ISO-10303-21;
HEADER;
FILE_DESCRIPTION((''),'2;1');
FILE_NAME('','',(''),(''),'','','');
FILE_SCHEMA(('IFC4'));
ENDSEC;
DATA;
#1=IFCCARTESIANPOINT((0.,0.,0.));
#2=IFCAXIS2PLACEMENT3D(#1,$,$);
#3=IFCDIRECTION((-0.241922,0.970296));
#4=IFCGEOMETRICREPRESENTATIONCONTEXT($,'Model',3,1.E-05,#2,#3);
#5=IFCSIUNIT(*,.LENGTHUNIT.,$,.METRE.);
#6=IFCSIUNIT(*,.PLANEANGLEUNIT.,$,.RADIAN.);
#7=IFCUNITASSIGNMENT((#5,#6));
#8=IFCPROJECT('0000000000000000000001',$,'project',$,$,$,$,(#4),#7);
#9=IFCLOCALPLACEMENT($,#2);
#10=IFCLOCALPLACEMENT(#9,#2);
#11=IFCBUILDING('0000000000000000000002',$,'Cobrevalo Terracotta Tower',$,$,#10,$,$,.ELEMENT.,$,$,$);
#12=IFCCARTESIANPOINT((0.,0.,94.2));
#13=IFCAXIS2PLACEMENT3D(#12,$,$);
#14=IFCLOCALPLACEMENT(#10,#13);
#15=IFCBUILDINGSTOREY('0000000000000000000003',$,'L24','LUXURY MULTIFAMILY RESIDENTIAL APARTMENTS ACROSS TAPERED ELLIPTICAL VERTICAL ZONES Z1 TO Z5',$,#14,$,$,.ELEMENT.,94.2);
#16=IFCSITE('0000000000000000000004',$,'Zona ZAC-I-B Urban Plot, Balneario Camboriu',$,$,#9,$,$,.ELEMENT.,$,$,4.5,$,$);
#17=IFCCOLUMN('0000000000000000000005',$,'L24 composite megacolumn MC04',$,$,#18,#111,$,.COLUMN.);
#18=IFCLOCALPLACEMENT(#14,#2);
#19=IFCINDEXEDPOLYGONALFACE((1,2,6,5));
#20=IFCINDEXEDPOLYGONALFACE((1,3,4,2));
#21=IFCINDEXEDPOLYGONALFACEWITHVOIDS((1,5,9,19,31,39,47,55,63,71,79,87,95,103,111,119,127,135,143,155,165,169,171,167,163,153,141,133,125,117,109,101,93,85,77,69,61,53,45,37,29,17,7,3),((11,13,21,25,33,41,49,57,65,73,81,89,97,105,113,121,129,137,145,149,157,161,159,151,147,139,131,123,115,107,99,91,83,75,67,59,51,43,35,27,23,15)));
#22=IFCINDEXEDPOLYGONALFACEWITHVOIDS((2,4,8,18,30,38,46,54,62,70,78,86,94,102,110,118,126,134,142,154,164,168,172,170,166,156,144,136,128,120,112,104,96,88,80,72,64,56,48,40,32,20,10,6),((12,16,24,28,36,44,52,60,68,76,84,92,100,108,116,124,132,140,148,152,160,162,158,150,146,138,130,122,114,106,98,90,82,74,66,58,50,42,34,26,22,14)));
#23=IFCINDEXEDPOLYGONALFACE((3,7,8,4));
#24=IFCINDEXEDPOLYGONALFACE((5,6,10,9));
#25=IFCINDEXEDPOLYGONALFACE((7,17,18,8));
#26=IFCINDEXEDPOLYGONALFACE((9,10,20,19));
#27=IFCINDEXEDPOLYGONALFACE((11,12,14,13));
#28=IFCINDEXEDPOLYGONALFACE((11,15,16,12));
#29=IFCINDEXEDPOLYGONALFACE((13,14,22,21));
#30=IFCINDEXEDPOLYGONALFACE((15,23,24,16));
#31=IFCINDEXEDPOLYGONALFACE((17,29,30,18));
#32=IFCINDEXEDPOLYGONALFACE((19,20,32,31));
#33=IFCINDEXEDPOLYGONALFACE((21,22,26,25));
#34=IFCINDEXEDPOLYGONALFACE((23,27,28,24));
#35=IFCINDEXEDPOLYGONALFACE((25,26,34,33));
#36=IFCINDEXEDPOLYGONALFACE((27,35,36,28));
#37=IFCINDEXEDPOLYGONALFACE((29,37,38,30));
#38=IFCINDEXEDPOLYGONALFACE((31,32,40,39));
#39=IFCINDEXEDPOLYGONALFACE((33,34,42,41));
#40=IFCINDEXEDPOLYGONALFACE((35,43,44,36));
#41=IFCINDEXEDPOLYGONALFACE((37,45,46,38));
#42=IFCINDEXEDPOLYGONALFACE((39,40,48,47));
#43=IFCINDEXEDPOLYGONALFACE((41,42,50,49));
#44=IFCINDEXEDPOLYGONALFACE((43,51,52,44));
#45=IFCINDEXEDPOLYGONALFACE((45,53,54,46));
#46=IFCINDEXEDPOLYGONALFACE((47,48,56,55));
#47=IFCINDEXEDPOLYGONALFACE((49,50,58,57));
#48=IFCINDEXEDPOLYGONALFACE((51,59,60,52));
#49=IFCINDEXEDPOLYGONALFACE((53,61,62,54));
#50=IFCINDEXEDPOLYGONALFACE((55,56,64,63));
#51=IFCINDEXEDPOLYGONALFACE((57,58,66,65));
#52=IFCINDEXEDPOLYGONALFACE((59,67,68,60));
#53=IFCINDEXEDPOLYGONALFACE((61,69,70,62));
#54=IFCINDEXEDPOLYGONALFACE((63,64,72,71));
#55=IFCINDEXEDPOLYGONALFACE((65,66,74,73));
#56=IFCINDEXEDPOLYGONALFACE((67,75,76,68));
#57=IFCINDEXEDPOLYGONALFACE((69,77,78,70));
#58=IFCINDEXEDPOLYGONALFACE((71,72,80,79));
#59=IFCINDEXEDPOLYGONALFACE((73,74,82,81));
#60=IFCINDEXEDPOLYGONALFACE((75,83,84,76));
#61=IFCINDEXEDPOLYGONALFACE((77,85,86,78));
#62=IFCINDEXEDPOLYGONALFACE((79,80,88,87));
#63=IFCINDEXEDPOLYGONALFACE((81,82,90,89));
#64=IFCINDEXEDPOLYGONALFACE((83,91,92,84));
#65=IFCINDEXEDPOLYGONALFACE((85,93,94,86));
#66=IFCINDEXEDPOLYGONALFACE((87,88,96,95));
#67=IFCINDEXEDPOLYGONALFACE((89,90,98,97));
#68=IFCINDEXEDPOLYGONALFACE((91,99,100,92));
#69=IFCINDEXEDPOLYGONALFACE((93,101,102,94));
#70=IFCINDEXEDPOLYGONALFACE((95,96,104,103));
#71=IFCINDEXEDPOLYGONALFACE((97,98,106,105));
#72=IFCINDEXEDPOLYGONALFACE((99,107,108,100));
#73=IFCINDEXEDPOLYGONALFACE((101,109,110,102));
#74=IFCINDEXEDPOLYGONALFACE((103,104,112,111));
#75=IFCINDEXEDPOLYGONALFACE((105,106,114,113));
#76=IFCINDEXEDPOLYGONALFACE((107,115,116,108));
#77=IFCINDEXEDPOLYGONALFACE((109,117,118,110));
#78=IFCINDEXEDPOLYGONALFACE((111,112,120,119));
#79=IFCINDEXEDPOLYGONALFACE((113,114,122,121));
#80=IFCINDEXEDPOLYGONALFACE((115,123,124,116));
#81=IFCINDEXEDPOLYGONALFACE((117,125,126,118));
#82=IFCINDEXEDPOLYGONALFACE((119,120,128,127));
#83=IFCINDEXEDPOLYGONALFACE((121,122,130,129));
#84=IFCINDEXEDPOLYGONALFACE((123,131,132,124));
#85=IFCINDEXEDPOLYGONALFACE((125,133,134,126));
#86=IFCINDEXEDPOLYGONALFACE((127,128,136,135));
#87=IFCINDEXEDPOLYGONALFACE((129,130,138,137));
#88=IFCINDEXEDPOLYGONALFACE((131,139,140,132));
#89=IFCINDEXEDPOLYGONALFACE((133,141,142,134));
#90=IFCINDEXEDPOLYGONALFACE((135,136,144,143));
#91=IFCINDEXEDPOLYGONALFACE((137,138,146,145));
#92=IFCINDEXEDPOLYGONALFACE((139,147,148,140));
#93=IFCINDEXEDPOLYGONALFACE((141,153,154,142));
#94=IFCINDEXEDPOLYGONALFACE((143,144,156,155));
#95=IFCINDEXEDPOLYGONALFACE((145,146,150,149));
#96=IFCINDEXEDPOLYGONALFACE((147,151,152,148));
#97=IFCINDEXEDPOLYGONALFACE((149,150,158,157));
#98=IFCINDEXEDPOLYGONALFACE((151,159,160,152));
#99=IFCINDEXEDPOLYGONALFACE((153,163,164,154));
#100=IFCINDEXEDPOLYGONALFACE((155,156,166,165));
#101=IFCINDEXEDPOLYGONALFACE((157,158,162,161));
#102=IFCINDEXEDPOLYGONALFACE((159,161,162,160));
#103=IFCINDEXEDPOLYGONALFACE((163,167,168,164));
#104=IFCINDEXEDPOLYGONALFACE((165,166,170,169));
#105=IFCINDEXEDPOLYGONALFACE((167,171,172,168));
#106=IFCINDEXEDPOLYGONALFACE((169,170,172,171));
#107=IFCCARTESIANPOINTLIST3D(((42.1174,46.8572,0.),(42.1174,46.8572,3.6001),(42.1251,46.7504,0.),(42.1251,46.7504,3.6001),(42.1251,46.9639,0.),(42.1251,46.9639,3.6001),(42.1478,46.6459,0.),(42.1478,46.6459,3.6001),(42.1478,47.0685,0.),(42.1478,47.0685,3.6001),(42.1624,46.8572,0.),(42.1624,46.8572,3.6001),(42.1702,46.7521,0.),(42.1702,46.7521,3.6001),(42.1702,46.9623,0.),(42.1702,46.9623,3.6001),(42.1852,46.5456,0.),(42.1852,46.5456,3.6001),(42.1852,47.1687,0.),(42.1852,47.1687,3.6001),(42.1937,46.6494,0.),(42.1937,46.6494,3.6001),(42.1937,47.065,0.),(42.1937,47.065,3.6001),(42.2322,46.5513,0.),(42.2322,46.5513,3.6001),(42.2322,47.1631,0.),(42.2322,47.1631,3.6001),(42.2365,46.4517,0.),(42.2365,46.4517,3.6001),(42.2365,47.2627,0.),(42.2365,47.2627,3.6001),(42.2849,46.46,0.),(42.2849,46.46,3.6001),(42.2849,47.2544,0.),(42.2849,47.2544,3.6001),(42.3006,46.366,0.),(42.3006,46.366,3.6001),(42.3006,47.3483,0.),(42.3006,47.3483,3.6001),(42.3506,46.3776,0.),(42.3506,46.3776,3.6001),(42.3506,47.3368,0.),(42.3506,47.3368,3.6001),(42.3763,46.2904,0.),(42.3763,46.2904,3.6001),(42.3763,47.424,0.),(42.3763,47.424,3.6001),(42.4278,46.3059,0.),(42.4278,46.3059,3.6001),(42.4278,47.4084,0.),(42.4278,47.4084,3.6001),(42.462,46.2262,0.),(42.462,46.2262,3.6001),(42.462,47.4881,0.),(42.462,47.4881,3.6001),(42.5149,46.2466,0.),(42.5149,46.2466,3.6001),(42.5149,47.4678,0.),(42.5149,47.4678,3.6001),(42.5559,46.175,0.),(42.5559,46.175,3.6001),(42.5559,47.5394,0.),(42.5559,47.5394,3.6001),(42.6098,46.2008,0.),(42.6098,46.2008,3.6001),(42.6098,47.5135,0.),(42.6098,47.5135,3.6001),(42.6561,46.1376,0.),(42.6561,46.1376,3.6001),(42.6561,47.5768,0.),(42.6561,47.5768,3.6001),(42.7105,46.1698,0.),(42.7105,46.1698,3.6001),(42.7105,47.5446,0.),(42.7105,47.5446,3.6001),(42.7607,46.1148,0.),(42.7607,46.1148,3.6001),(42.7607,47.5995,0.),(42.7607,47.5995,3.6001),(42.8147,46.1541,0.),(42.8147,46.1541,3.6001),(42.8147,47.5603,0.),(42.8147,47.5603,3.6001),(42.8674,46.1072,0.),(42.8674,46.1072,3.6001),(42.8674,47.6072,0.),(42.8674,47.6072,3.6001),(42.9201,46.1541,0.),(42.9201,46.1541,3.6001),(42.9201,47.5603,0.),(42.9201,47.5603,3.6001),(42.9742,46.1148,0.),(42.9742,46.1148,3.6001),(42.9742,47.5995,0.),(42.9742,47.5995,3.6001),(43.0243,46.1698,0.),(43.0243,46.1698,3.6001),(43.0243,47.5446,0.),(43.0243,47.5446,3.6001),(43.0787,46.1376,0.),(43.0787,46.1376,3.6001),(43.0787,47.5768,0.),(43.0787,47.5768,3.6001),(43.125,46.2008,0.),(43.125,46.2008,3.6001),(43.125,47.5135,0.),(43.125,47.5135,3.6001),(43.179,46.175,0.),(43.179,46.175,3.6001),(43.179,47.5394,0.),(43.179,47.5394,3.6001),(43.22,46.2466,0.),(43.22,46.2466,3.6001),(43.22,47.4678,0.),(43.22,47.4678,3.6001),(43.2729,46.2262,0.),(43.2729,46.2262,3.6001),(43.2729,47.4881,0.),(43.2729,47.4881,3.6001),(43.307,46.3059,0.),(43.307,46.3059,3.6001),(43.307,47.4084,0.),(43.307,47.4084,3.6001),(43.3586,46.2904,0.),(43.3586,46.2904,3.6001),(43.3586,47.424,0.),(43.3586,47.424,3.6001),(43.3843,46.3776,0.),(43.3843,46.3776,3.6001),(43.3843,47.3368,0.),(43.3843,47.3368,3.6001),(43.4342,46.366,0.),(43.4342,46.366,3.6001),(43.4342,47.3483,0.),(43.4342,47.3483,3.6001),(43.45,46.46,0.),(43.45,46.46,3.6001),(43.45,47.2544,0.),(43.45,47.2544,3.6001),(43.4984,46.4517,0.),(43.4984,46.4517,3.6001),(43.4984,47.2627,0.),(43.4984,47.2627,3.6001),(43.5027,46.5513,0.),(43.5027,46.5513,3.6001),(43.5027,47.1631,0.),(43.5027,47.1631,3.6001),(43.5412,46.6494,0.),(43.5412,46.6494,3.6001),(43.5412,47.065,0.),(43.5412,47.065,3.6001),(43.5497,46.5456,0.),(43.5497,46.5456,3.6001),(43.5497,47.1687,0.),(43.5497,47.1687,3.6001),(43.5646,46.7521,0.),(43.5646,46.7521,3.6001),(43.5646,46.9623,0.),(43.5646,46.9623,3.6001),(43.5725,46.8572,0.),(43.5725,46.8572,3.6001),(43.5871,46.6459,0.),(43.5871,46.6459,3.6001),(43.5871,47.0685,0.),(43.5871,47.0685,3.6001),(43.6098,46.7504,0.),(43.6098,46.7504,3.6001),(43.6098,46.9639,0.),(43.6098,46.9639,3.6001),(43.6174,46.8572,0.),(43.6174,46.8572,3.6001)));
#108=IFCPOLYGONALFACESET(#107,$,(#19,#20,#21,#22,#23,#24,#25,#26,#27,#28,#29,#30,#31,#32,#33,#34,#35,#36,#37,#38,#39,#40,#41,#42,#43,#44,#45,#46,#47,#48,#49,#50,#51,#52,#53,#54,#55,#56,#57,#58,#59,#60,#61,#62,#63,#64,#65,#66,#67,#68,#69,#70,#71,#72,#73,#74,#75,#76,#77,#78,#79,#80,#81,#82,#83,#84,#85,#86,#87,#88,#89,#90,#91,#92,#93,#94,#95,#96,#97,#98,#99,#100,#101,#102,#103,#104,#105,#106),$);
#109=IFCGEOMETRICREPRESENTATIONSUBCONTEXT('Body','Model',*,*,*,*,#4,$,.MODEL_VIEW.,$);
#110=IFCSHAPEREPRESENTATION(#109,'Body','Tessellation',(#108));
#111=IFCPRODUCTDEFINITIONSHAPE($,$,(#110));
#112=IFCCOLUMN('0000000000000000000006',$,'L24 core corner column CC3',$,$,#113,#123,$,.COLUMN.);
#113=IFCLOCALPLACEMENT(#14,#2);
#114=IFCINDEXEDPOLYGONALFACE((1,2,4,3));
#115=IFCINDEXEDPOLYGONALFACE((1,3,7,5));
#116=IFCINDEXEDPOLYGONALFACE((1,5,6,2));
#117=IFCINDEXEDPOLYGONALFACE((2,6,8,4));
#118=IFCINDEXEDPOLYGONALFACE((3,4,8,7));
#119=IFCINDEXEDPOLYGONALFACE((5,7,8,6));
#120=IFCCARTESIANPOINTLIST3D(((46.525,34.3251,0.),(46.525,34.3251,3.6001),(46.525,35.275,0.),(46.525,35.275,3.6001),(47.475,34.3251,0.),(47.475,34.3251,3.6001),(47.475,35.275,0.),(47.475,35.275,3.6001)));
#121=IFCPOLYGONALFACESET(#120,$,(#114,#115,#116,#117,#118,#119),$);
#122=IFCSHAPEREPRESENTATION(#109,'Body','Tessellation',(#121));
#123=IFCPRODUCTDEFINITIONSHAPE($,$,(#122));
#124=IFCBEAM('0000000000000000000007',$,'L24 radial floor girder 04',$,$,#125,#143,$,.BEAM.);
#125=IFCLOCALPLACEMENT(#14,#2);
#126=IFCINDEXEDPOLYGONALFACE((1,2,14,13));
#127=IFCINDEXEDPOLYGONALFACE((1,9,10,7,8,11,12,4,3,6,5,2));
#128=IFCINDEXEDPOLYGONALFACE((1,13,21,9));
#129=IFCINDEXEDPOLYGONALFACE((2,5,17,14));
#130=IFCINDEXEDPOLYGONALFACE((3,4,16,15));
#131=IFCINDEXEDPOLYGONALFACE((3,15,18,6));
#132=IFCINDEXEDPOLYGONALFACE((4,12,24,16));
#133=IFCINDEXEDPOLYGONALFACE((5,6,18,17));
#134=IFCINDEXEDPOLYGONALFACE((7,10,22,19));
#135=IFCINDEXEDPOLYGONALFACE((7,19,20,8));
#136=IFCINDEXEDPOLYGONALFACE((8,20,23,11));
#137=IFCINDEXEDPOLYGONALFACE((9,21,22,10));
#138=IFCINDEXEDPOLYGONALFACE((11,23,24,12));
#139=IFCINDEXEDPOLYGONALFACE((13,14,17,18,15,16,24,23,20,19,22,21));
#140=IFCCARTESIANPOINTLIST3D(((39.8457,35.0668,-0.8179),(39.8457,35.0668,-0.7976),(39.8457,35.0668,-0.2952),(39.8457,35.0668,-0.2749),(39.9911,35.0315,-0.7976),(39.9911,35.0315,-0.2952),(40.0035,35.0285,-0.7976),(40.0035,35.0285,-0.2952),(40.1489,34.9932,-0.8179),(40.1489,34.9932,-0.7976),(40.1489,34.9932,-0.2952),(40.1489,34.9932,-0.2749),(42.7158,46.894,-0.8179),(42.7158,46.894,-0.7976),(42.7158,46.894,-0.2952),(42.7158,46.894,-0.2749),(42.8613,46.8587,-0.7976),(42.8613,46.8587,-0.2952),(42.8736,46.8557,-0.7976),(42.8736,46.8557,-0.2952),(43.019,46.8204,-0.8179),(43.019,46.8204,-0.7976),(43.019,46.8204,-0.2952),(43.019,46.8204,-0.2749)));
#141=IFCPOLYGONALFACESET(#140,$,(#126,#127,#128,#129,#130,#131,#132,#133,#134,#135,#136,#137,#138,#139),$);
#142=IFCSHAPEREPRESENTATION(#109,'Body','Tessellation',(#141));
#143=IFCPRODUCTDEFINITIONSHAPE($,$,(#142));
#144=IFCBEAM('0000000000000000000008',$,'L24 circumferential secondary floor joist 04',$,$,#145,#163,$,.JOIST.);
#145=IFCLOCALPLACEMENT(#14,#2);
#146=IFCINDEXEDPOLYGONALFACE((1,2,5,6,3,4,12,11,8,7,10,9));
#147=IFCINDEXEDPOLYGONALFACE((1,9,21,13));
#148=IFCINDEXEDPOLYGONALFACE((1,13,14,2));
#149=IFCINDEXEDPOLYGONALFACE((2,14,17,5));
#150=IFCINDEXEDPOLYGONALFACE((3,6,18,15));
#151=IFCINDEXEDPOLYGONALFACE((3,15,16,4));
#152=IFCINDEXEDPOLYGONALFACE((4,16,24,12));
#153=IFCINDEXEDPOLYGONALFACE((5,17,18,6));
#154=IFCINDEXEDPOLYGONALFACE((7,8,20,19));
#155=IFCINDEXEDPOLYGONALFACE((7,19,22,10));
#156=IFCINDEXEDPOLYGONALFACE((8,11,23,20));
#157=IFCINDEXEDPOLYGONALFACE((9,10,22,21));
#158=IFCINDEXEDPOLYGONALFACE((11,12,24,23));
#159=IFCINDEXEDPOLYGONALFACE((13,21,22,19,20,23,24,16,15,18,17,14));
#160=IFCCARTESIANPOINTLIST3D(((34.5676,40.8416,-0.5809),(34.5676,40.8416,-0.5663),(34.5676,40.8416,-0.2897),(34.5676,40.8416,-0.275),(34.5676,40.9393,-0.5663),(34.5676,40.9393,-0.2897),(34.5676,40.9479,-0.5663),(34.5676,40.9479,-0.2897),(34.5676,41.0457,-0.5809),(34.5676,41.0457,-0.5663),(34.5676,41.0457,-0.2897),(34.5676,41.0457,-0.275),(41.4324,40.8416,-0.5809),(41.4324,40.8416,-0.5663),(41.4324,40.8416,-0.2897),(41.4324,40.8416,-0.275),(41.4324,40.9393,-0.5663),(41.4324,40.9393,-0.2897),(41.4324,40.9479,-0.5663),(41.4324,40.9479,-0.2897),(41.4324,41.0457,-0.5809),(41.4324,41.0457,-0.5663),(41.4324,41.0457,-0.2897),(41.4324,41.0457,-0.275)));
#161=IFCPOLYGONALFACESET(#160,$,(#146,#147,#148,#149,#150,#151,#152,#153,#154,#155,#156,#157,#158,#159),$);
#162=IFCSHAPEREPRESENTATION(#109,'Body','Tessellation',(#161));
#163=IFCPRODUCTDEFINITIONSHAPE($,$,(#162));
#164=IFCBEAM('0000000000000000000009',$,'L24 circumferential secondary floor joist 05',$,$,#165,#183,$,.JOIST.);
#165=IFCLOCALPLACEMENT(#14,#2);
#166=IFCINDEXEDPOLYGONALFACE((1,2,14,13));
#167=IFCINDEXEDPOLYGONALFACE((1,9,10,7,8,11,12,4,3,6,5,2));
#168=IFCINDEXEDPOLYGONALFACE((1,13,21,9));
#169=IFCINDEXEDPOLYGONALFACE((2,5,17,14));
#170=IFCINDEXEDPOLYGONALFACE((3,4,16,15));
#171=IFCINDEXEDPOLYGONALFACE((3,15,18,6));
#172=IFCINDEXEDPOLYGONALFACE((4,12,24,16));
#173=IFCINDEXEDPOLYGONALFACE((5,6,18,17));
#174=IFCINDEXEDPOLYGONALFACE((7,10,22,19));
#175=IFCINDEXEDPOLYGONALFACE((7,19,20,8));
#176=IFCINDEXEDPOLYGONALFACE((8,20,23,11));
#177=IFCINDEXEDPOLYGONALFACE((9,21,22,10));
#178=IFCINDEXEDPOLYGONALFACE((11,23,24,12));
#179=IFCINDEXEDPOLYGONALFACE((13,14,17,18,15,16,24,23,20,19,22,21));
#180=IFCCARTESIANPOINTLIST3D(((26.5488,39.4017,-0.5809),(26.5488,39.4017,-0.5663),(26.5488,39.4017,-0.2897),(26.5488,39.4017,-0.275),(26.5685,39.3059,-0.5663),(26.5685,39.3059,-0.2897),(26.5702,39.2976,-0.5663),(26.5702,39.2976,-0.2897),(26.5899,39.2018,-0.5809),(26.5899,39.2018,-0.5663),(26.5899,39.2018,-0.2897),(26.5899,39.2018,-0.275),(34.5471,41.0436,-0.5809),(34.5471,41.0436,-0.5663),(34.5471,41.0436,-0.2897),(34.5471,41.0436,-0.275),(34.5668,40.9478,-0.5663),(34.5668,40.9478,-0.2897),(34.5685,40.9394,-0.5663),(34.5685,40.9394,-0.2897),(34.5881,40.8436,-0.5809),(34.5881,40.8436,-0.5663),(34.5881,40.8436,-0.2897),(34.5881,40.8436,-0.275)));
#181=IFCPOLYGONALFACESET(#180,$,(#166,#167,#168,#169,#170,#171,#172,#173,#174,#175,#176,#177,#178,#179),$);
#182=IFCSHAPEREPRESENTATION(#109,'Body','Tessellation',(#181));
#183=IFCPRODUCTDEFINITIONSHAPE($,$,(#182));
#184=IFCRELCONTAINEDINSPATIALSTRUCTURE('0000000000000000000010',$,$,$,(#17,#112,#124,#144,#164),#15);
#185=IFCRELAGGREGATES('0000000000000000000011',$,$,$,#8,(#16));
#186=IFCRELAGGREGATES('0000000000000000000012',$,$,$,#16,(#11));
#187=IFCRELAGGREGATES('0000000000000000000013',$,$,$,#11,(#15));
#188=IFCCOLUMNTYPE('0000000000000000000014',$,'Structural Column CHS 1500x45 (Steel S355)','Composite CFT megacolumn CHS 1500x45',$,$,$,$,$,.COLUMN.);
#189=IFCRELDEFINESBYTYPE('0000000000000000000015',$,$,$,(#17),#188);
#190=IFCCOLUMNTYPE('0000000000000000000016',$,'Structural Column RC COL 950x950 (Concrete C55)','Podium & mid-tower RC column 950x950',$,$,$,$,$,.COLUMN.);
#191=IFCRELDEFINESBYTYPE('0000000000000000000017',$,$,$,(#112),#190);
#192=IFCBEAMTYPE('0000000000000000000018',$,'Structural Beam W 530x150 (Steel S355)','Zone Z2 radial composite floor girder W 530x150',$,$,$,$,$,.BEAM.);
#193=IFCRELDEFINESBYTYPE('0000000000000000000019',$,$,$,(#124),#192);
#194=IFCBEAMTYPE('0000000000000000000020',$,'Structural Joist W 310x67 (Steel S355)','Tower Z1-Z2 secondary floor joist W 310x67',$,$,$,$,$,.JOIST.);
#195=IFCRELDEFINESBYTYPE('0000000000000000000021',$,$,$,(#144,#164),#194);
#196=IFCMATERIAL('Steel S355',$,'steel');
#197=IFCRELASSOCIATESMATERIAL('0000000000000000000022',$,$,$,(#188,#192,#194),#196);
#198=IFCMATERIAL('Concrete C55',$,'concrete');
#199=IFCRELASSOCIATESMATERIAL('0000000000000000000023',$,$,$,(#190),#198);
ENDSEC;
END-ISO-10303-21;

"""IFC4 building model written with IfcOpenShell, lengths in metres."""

from ifc_helpers import new_model, si_unit, direction, frame, origin, origin_2d, place, context, subcontext, project, spatial, rectangle, hollow_circle, i_section, extrude, material, material_profile, profile_set, type_object, element, save


model = new_model("IFC4")

# Units and contexts
model_context = context("Model", 3, precision=1e-05, world=origin(), true_north=direction((-0.241922, 0.970296)))
body_context = subcontext(model_context, "Body", "Model", "MODEL_VIEW")
ifc_project = project(units=[si_unit("LENGTHUNIT", "METRE"), si_unit("PLANEANGLEUNIT", "RADIAN")], contexts=[model_context])

# Site, building, storey
site_placement = place(None, origin())
site = spatial("IfcSite", under=ifc_project, at=site_placement, Name="Zona ZAC-I-B Urban Plot, Balneario Camboriu", CompositionType="ELEMENT", RefElevation=4.5)
building_placement = place(site_placement, origin())
building = spatial("IfcBuilding", under=site, at=building_placement, Name="Cobrevalo Terracotta Tower", CompositionType="ELEMENT")
storey_placement = place(building_placement, frame((0.0, 0.0, 94.2)))
storey = spatial("IfcBuildingStorey", under=building, at=storey_placement, Name="L24", Description="LUXURY MULTIFAMILY RESIDENTIAL APARTMENTS ACROSS TAPERED ELLIPTICAL VERTICAL ZONES Z1 TO Z5", CompositionType="ELEMENT", Elevation=94.2)

# Columns
ifc_material_1 = material(Name="Steel S355", Category="steel")
ifc_material_profile_1 = material_profile(ifc_material_1, hollow_circle(Radius=0.75, WallThickness=0.0449, at=origin_2d()), Name="CHS 1500x45")
ifc_profile_set_1 = profile_set([ifc_material_profile_1], Name="Steel S355")
column_type_1 = type_object("IfcColumnType", Name="Structural Column CHS 1500x45 (Steel S355)", Description="Composite CFT megacolumn CHS 1500x45", PredefinedType="COLUMN", material=ifc_profile_set_1)
column_1_placement = place(storey_placement, frame((42.8674, 46.8572, 0.0), z_axis=(0.0, 0.0, 1.0), x_axis=(1.0, 0.0, 0.0)))
element("IfcColumn", 1, at=column_1_placement, inside=storey, type_object=column_type_1, Name="L24 composite megacolumn MC04", PredefinedType="COLUMN", context=body_context, shape_type="SweptSolid", body=[
    extrude(hollow_circle(Radius=0.75, WallThickness=0.0449, at=origin_2d()), origin(), (0.0, 0.0, 1.0), 3.6001),
])
ifc_material_2 = material(Name="Concrete C55", Category="concrete")
ifc_material_profile_2 = material_profile(ifc_material_2, rectangle(XDim=0.95, YDim=0.95, at=origin_2d()), Name="RC COL 950x950")
ifc_profile_set_2 = profile_set([ifc_material_profile_2], Name="Concrete C55")
column_type_2 = type_object("IfcColumnType", Name="Structural Column RC COL 950x950 (Concrete C55)", Description="Podium & mid-tower RC column 950x950", PredefinedType="COLUMN", material=ifc_profile_set_2)
column_2_placement = place(storey_placement, frame((47.0, 34.8, 0.0), z_axis=(0.0, 0.0, 1.0), x_axis=(1.0, 0.0, 0.0)))
element("IfcColumn", 2, at=column_2_placement, inside=storey, type_object=column_type_2, Name="L24 core corner column CC3", PredefinedType="COLUMN", context=body_context, shape_type="SweptSolid", body=[
    extrude(rectangle(XDim=0.95, YDim=0.95, at=origin_2d()), origin(), (0.0, 0.0, 1.0), 3.6001),
])

# Beams
ifc_material_profile_3 = material_profile(ifc_material_1, i_section(OverallWidth=0.312, OverallDepth=0.543, WebThickness=0.0127, FlangeThickness=0.0203, at=origin_2d()), Name="W 530x150")
ifc_profile_set_3 = profile_set([ifc_material_profile_3], Name="Steel S355")
beam_type_1 = type_object("IfcBeamType", Name="Structural Beam W 530x150 (Steel S355)", Description="Zone Z2 radial composite floor girder W 530x150", PredefinedType="BEAM", material=ifc_profile_set_3)
beam_1_placement = place(storey_placement, frame((42.8674, 46.8572, -0.5464), z_axis=(-0.235827, -0.971795, 0.0), x_axis=(0.971795, -0.235827, 0.0)))
element("IfcBeam", 3, at=beam_1_placement, inside=storey, type_object=beam_type_1, Name="L24 radial floor girder 04", PredefinedType="BEAM", context=body_context, shape_type="SweptSolid", body=[
    extrude(i_section(OverallWidth=0.312, OverallDepth=0.543, WebThickness=0.0127, FlangeThickness=0.0203, at=origin_2d()), origin(), (0.0, 0.0, 1.0), 12.1704),
])
ifc_material_profile_4 = material_profile(ifc_material_1, i_section(OverallWidth=0.2041, OverallDepth=0.3059, WebThickness=0.0085, FlangeThickness=0.0146, at=origin_2d()), Name="W 310x67")
ifc_profile_set_4 = profile_set([ifc_material_profile_4], Name="Steel S355")
beam_type_2 = type_object("IfcBeamType", Name="Structural Joist W 310x67 (Steel S355)", Description="Tower Z1-Z2 secondary floor joist W 310x67", PredefinedType="JOIST", material=ifc_profile_set_4)
beam_2_placement = place(storey_placement, frame((41.4324, 40.9436, -0.428), z_axis=(-1.0, 0.0, 0.0), x_axis=(0.0, -1.0, 0.0)))
element("IfcBeam", 4, at=beam_2_placement, inside=storey, type_object=beam_type_2, Name="L24 circumferential secondary floor joist 04", PredefinedType="JOIST", context=body_context, shape_type="SweptSolid", body=[
    extrude(i_section(OverallWidth=0.2041, OverallDepth=0.3059, WebThickness=0.0085, FlangeThickness=0.0146, at=origin_2d()), origin(), (0.0, 0.0, 1.0), 6.8647),
])
beam_3_placement = place(storey_placement, frame((34.5676, 40.9436, -0.428), z_axis=(-0.979574, -0.201082, 0.0), x_axis=(0.201082, -0.979574, 0.0)))
element("IfcBeam", 5, at=beam_3_placement, inside=storey, type_object=beam_type_2, Name="L24 circumferential secondary floor joist 05", PredefinedType="JOIST", context=body_context, shape_type="SweptSolid", body=[
    extrude(i_section(OverallWidth=0.2041, OverallDepth=0.3059, WebThickness=0.0085, FlangeThickness=0.0146, at=origin_2d()), origin(), (0.0, 0.0, 1.0), 8.165),
])

save(model, "model.ifc")
